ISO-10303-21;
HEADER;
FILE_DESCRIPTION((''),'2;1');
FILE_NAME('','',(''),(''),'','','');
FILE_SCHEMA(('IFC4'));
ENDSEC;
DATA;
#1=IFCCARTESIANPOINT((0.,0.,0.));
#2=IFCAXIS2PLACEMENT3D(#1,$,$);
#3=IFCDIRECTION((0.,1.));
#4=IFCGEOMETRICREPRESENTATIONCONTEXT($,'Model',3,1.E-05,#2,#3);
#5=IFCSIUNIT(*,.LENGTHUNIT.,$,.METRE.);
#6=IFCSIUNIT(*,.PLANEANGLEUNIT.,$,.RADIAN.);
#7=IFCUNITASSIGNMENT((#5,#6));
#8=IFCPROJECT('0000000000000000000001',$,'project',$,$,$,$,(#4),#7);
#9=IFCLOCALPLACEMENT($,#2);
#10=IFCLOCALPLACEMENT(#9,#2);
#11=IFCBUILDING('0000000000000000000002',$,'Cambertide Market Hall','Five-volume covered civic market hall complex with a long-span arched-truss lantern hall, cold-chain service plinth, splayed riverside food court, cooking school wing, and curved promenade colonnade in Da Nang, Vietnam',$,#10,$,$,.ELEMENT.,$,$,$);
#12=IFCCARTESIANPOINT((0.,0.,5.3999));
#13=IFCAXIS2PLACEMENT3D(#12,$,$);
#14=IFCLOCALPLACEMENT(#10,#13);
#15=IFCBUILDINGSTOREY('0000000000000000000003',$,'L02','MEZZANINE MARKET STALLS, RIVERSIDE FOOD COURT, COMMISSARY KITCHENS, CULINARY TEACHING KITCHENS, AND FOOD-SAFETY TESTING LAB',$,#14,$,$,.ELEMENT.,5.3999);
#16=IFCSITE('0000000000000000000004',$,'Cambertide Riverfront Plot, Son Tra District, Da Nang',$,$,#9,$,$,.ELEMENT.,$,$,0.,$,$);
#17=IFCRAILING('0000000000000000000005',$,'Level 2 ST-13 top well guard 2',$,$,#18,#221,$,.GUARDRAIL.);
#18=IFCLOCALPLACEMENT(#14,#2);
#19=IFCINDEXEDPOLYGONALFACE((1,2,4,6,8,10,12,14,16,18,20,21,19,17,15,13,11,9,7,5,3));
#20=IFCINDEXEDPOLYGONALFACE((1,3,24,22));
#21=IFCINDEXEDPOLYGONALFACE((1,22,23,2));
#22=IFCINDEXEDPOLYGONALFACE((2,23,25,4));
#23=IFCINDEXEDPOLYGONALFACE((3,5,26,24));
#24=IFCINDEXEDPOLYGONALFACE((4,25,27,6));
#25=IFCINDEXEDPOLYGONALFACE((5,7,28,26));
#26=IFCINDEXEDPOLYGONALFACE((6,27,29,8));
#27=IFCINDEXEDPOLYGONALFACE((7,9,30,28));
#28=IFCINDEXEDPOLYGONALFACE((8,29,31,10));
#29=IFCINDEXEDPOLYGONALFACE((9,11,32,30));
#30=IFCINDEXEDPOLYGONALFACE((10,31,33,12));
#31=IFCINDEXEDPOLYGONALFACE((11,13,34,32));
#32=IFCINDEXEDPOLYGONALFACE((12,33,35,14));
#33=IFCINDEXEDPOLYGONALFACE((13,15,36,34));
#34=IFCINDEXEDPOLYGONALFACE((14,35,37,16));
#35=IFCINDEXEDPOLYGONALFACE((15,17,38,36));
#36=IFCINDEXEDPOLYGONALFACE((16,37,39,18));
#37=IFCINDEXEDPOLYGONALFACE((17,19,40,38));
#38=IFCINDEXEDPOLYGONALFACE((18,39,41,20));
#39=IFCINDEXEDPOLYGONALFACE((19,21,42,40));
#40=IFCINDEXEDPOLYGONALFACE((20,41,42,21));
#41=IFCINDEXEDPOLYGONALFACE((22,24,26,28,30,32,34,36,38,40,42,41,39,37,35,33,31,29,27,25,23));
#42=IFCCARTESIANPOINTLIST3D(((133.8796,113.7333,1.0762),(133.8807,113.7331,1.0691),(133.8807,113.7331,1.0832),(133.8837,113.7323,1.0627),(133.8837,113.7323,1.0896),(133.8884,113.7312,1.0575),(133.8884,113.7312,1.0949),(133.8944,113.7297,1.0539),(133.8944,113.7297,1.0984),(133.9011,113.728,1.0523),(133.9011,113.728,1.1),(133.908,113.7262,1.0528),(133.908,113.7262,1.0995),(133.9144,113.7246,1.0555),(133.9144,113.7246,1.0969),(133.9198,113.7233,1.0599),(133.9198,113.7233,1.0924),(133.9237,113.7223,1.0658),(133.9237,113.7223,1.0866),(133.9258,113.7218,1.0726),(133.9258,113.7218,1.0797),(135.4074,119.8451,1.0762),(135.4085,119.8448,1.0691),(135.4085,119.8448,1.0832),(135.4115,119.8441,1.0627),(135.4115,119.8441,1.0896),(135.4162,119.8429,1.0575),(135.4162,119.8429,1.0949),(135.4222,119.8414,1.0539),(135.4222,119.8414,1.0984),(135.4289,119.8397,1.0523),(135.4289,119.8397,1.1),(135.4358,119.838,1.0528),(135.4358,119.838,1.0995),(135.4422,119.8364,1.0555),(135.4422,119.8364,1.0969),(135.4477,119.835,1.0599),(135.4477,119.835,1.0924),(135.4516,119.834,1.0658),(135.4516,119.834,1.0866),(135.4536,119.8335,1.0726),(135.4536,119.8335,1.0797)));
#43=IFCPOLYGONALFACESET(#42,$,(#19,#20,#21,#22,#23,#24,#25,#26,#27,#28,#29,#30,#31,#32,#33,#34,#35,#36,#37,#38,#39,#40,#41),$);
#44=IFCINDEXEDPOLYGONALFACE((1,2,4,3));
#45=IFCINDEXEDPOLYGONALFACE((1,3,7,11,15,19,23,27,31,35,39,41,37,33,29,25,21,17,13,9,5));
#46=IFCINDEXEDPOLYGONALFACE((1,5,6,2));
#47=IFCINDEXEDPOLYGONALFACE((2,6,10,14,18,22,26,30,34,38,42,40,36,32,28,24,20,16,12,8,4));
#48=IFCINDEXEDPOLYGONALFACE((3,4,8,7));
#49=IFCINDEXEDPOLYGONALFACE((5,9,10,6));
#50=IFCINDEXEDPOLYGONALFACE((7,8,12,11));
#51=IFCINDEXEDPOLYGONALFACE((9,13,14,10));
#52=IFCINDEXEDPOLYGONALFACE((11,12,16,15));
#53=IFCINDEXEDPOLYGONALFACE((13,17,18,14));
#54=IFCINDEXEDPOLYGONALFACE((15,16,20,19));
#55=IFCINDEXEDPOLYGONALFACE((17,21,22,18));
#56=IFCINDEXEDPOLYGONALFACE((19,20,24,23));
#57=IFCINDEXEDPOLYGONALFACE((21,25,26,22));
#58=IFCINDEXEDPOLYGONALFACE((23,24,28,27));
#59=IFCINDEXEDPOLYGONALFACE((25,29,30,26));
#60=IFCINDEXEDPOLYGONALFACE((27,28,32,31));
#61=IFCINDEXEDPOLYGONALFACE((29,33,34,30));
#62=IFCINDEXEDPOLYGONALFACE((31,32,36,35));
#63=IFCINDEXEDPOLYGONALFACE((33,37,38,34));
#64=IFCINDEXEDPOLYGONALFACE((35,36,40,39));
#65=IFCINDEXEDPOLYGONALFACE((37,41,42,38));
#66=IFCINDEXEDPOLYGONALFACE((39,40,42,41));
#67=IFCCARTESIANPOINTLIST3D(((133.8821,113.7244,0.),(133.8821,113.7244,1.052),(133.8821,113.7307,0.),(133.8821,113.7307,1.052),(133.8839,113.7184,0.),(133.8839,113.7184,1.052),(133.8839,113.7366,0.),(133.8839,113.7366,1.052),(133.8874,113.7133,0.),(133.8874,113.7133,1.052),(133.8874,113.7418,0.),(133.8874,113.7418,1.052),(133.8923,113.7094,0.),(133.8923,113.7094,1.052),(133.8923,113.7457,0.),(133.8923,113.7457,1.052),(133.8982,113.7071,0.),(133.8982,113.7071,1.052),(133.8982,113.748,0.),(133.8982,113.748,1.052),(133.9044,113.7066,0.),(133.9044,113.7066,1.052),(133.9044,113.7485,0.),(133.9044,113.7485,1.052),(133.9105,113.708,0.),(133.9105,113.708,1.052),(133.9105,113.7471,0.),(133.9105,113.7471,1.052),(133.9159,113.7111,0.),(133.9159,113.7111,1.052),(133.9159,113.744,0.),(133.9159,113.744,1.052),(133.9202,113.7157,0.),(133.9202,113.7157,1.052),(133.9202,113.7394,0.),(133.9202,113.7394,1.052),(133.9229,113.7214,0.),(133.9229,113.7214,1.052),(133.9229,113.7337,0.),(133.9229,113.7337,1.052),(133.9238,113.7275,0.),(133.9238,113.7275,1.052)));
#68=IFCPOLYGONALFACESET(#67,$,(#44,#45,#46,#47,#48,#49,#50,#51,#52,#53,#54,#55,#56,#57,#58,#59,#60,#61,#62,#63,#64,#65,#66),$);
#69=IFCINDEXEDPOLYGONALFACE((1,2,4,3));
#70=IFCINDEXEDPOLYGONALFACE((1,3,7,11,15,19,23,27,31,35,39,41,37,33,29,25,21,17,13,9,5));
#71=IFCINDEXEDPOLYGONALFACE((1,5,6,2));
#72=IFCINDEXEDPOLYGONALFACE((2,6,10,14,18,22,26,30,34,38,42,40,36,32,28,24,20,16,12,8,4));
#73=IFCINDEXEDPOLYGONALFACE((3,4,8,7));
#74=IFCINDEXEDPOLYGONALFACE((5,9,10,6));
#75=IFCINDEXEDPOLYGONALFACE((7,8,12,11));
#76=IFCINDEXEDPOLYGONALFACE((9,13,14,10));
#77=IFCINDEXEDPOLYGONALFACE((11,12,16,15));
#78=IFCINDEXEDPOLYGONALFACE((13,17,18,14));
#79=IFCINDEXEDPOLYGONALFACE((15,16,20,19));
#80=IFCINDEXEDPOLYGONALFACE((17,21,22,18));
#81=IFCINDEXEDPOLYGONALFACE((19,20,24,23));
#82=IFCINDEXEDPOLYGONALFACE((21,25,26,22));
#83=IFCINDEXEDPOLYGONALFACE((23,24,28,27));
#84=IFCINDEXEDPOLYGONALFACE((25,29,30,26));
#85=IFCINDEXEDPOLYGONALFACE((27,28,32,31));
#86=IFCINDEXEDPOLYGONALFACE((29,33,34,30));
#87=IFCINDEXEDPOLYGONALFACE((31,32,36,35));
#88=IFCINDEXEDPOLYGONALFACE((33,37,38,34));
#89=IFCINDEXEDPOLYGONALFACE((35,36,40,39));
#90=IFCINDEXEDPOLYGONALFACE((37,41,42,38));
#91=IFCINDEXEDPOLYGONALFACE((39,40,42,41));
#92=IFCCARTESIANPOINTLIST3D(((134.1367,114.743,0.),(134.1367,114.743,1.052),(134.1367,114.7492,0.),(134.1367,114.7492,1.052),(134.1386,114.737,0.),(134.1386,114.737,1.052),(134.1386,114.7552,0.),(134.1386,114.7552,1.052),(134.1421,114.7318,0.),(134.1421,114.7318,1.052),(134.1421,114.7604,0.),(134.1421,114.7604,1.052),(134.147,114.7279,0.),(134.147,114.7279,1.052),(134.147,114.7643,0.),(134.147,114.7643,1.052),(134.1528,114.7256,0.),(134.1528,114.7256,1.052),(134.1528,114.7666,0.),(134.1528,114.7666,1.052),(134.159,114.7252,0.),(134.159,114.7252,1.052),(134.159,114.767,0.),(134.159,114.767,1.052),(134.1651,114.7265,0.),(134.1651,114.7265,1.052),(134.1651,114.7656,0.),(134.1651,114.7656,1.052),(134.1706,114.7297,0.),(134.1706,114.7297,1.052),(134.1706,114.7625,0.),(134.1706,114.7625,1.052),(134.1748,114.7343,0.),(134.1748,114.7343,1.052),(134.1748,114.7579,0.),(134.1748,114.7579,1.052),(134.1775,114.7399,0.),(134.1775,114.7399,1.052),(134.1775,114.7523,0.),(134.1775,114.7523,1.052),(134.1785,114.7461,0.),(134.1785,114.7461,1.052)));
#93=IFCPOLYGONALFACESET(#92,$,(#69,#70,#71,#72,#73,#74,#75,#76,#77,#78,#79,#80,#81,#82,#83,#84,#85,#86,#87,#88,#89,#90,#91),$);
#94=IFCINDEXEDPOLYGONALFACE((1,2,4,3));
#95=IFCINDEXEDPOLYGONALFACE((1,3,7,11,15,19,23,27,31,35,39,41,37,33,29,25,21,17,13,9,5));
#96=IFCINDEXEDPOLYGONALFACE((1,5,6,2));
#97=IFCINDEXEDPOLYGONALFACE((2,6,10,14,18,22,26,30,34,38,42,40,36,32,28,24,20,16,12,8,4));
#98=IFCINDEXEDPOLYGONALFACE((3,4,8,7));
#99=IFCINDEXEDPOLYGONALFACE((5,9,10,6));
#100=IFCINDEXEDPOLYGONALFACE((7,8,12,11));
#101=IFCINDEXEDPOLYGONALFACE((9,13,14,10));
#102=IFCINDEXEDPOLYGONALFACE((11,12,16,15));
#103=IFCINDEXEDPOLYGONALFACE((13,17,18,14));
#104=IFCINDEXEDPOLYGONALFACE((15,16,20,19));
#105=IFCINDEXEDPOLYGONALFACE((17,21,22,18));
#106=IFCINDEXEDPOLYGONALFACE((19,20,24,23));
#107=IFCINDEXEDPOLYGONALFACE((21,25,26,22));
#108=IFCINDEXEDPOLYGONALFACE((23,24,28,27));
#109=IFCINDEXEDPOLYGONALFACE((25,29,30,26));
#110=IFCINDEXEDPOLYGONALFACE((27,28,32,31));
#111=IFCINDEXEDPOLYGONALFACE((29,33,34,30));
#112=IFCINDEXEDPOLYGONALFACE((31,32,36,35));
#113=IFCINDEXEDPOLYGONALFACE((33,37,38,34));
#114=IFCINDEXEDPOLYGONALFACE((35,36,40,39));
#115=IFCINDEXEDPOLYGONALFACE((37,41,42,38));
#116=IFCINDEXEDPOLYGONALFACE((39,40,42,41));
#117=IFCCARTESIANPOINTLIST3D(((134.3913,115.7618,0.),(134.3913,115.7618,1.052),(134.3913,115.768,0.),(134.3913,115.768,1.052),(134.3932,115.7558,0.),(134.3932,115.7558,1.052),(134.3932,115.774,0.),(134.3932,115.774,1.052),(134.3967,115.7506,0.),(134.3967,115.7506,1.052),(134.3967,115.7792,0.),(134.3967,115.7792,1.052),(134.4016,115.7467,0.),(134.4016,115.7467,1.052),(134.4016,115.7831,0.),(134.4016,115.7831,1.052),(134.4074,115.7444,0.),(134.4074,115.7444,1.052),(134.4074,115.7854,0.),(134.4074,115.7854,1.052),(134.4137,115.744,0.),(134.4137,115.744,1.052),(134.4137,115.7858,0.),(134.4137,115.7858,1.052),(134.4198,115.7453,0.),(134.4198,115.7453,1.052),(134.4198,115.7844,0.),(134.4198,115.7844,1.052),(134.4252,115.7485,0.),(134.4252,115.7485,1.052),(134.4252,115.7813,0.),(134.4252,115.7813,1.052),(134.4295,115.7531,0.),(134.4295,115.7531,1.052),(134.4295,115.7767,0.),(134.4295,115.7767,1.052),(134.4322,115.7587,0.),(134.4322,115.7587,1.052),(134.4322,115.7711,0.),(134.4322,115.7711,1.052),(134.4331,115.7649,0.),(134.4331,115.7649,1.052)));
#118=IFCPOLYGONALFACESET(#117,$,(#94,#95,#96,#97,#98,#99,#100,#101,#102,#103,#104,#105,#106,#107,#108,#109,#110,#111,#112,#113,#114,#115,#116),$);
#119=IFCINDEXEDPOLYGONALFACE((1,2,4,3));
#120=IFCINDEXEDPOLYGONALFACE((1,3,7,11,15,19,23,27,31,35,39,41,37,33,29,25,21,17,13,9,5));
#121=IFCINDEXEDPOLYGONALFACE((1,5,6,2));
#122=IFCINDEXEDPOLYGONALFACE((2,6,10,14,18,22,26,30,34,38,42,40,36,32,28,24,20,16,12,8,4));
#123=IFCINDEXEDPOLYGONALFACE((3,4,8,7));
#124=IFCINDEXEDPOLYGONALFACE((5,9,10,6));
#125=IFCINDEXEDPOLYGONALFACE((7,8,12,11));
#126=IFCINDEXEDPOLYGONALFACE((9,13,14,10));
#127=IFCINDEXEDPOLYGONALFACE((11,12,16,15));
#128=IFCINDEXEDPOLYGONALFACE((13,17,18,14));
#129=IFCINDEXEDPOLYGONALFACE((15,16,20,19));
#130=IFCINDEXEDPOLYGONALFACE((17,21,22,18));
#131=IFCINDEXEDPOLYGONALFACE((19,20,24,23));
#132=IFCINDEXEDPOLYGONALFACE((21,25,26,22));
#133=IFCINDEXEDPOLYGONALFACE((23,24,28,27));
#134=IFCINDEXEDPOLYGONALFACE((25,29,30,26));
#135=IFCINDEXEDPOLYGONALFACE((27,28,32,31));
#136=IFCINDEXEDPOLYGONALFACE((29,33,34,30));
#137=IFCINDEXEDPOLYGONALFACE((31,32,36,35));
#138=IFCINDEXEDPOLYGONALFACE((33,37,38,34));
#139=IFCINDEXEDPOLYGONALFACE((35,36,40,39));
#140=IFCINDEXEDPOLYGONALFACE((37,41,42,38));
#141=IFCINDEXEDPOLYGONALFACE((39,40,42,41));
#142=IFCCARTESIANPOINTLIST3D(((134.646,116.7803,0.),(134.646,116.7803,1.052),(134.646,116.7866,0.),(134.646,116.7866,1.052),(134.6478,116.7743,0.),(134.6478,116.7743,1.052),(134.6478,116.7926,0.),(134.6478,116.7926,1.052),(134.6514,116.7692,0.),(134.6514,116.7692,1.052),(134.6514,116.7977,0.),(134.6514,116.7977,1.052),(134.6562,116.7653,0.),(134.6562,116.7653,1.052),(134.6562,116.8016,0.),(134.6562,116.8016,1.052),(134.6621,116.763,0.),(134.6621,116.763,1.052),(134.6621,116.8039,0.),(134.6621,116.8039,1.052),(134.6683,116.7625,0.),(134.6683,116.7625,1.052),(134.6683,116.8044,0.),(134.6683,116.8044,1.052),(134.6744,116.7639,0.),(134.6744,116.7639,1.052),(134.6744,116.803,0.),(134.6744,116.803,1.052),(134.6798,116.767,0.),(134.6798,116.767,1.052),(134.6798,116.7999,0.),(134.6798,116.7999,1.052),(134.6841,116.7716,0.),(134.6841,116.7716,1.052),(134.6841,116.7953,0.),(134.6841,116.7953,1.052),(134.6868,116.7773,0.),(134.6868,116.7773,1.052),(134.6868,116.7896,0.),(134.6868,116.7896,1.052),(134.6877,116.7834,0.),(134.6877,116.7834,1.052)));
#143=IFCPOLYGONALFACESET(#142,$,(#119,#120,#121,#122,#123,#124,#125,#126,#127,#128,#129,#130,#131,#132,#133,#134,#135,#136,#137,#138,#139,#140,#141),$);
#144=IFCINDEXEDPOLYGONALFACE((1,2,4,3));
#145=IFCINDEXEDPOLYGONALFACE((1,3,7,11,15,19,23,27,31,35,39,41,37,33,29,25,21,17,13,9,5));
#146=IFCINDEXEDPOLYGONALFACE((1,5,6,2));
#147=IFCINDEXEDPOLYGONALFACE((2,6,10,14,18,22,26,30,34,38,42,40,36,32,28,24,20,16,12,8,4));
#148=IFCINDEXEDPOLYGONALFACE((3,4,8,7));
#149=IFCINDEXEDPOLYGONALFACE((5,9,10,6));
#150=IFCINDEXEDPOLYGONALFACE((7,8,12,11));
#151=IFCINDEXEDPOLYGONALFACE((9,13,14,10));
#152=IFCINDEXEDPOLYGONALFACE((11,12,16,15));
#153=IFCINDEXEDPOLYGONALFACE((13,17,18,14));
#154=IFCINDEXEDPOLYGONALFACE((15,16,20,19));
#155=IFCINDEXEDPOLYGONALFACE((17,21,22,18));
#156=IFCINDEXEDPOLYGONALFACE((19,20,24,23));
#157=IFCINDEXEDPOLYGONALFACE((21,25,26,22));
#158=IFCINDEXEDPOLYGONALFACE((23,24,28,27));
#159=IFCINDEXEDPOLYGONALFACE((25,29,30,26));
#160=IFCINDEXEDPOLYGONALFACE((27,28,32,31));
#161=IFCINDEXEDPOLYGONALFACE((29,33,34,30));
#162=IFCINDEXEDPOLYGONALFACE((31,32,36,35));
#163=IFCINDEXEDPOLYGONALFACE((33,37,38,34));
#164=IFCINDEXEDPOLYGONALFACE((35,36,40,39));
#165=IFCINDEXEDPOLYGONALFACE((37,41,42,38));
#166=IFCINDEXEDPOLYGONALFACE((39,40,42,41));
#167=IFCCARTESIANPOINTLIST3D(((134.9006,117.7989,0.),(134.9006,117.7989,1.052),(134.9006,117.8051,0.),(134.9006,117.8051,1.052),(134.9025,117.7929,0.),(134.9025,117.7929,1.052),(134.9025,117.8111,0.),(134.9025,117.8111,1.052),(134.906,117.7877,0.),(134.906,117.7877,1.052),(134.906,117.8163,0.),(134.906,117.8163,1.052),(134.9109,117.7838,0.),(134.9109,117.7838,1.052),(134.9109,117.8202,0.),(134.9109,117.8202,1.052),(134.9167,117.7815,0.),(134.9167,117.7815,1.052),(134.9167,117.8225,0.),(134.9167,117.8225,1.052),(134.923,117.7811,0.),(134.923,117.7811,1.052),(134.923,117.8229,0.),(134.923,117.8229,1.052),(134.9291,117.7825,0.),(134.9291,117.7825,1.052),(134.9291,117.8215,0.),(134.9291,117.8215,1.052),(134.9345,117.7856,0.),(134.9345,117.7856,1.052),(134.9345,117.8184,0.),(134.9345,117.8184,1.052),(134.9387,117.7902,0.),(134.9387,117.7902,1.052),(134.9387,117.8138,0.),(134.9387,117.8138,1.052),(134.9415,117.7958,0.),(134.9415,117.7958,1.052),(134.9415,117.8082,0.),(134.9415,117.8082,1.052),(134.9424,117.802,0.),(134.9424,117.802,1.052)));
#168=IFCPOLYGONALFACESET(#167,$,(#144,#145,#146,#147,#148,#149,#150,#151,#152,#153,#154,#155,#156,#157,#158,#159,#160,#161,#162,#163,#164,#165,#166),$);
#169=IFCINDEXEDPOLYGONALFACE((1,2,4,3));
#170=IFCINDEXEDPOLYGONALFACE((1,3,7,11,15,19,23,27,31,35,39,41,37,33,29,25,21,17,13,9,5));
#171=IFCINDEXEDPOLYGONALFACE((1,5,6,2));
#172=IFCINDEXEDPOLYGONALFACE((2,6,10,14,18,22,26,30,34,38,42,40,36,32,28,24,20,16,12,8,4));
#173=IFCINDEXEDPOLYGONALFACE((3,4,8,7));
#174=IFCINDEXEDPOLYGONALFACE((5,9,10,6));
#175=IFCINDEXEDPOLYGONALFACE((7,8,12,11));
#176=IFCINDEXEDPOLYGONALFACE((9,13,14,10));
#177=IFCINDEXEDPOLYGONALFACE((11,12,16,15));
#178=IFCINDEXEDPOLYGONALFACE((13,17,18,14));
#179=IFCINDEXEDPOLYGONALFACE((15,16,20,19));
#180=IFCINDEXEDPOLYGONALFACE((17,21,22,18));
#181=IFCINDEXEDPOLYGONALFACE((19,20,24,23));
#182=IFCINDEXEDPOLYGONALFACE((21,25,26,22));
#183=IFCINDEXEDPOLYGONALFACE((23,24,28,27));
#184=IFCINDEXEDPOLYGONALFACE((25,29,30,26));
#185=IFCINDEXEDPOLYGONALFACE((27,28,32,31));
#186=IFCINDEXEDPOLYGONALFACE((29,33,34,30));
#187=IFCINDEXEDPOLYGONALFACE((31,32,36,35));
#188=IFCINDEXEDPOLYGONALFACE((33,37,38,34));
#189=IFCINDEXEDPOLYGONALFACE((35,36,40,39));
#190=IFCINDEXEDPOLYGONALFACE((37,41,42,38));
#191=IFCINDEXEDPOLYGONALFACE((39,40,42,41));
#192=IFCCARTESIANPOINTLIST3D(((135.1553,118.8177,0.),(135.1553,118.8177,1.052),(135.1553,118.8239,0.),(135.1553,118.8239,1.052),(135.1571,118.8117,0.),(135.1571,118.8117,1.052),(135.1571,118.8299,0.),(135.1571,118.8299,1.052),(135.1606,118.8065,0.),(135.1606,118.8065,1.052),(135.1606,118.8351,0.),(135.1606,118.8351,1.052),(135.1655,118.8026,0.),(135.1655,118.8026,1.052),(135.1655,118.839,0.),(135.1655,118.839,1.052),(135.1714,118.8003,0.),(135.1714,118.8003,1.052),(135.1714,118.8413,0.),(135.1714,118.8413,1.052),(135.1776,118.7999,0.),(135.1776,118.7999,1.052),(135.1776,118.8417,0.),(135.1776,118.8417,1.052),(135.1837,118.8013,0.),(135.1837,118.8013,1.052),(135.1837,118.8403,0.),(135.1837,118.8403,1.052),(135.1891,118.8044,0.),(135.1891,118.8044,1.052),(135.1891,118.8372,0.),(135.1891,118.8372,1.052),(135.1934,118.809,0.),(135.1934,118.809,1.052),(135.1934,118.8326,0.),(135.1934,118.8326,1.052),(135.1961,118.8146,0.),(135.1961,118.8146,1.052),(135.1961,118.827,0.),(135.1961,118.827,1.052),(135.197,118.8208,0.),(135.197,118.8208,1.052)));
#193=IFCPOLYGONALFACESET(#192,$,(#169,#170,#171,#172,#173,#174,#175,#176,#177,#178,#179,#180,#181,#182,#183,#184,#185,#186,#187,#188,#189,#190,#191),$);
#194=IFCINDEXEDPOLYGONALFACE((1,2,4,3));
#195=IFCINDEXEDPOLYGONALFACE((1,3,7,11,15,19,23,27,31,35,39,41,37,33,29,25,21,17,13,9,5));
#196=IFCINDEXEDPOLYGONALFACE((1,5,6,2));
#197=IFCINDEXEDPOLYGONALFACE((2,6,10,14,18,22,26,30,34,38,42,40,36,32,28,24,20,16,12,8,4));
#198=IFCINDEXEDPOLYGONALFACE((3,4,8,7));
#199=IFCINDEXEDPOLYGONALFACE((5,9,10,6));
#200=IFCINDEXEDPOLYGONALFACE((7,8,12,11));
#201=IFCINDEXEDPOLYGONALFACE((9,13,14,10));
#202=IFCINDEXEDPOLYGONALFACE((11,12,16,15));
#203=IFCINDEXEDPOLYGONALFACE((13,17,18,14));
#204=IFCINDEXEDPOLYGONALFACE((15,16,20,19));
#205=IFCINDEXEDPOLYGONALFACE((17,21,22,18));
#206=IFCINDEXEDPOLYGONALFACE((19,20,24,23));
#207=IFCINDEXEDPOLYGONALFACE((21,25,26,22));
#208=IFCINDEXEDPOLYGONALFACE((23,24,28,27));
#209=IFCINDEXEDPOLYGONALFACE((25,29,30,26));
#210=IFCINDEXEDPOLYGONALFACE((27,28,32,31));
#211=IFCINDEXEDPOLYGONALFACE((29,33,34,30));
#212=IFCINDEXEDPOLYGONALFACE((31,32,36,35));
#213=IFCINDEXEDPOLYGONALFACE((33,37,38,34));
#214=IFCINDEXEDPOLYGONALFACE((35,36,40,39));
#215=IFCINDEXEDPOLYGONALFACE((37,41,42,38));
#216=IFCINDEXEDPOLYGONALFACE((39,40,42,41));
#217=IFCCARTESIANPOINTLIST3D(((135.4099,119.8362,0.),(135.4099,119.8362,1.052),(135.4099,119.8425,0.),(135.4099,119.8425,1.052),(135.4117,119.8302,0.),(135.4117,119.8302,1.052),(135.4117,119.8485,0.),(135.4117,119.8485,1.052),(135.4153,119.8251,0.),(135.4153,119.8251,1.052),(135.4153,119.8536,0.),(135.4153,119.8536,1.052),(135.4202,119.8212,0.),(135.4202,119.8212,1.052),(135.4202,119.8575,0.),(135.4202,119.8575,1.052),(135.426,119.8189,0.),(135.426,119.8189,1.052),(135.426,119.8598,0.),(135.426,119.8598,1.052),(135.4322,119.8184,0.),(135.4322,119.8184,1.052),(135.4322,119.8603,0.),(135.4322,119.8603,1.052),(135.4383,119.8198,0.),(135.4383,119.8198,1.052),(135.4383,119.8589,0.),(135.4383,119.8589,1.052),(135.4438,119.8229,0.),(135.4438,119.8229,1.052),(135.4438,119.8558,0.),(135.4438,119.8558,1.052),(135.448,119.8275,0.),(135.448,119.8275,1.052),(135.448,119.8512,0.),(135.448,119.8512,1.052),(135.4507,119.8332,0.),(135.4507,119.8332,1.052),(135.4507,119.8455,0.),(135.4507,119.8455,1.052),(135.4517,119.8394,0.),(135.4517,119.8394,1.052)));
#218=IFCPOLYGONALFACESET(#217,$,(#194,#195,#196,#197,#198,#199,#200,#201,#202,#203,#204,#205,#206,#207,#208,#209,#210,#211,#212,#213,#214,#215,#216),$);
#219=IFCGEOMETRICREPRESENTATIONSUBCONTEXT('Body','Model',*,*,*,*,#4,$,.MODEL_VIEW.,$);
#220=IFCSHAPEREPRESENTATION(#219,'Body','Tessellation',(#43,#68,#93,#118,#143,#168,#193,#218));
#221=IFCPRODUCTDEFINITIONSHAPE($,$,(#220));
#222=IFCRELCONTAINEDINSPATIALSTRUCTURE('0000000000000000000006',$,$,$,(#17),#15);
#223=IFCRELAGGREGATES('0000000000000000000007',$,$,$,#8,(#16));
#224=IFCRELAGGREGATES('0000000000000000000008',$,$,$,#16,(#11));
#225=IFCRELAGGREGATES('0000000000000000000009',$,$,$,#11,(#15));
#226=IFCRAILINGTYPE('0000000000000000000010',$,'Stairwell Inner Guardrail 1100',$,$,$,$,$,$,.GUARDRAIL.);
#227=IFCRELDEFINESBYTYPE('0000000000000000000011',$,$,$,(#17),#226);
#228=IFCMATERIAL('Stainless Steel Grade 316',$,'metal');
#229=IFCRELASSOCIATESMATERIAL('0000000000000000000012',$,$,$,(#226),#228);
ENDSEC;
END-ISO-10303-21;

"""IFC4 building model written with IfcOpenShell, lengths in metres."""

from ifc_helpers import new_model, si_unit, direction, frame, origin, origin_2d, place, context, subcontext, project, spatial, circle, extrude, material, type_object, element, save


model = new_model("IFC4")

# Units and contexts
model_context = context("Model", 3, precision=1e-05, world=origin(), true_north=direction((0.0, 1.0)))
body_context = subcontext(model_context, "Body", "Model", "MODEL_VIEW")
ifc_project = project(units=[si_unit("LENGTHUNIT", "METRE"), si_unit("PLANEANGLEUNIT", "RADIAN")], contexts=[model_context])

# Site, building, storey
site_placement = place(None, origin())
site = spatial("IfcSite", under=ifc_project, at=site_placement, Name="Cambertide Riverfront Plot, Son Tra District, Da Nang", CompositionType="ELEMENT", RefElevation=0.0)
building_placement = place(site_placement, origin())
building = spatial("IfcBuilding", under=site, at=building_placement, Name="Cambertide Market Hall", Description="Five-volume covered civic market hall complex with a long-span arched-truss lantern hall, cold-chain service plinth, splayed riverside food court, cooking school wing, and curved promenade colonnade in Da Nang, Vietnam", CompositionType="ELEMENT")
storey_placement = place(building_placement, frame((0.0, 0.0, 5.3999)))
storey = spatial("IfcBuildingStorey", under=building, at=storey_placement, Name="L02", Description="MEZZANINE MARKET STALLS, RIVERSIDE FOOD COURT, COMMISSARY KITCHENS, CULINARY TEACHING KITCHENS, AND FOOD-SAFETY TESTING LAB", CompositionType="ELEMENT", Elevation=5.3999)

# Railing
ifc_material_1 = material(Name="Stainless Steel Grade 316", Category="metal")
railing_type = type_object("IfcRailingType", Name="Stairwell Inner Guardrail 1100", PredefinedType="GUARDRAIL", material=ifc_material_1)
railing_1_placement = place(storey_placement, frame((133.9028, 113.7275, 0.0)))
element("IfcRailing", 1, at=railing_1_placement, inside=storey, type_object=railing_type, Name="Level 2 ST-13 top well guard 2", PredefinedType="GUARDRAIL", context=body_context, shape_type="SweptSolid", body=[
    extrude(circle(Radius=0.0239, at=origin_2d()), frame((0.0, 0.0, 1.0762), z_axis=(0.242517, 0.970147, 0.0), x_axis=(-0.970147, 0.242517, 0.0)), (0.0, 0.0, 1.0), 6.2998),
    extrude(circle(Radius=0.021, at=origin_2d()), origin(), (0.0, 0.0, 1.0), 1.052),
    extrude(circle(Radius=0.021, at=origin_2d()), frame((0.2546, 1.0186, 0.0)), (0.0, 0.0, 1.0), 1.052),
    extrude(circle(Radius=0.021, at=origin_2d()), frame((0.5093, 2.0374, 0.0)), (0.0, 0.0, 1.0), 1.052),
    extrude(circle(Radius=0.021, at=origin_2d()), frame((0.7639, 3.0559, 0.0)), (0.0, 0.0, 1.0), 1.052),
    extrude(circle(Radius=0.021, at=origin_2d()), frame((1.0186, 4.0745, 0.0)), (0.0, 0.0, 1.0), 1.052),
    extrude(circle(Radius=0.021, at=origin_2d()), frame((1.2732, 5.0933, 0.0)), (0.0, 0.0, 1.0), 1.052),
    extrude(circle(Radius=0.021, at=origin_2d()), frame((1.5278, 6.1118, 0.0)), (0.0, 0.0, 1.0), 1.052),
])

save(model, "model.ifc")
